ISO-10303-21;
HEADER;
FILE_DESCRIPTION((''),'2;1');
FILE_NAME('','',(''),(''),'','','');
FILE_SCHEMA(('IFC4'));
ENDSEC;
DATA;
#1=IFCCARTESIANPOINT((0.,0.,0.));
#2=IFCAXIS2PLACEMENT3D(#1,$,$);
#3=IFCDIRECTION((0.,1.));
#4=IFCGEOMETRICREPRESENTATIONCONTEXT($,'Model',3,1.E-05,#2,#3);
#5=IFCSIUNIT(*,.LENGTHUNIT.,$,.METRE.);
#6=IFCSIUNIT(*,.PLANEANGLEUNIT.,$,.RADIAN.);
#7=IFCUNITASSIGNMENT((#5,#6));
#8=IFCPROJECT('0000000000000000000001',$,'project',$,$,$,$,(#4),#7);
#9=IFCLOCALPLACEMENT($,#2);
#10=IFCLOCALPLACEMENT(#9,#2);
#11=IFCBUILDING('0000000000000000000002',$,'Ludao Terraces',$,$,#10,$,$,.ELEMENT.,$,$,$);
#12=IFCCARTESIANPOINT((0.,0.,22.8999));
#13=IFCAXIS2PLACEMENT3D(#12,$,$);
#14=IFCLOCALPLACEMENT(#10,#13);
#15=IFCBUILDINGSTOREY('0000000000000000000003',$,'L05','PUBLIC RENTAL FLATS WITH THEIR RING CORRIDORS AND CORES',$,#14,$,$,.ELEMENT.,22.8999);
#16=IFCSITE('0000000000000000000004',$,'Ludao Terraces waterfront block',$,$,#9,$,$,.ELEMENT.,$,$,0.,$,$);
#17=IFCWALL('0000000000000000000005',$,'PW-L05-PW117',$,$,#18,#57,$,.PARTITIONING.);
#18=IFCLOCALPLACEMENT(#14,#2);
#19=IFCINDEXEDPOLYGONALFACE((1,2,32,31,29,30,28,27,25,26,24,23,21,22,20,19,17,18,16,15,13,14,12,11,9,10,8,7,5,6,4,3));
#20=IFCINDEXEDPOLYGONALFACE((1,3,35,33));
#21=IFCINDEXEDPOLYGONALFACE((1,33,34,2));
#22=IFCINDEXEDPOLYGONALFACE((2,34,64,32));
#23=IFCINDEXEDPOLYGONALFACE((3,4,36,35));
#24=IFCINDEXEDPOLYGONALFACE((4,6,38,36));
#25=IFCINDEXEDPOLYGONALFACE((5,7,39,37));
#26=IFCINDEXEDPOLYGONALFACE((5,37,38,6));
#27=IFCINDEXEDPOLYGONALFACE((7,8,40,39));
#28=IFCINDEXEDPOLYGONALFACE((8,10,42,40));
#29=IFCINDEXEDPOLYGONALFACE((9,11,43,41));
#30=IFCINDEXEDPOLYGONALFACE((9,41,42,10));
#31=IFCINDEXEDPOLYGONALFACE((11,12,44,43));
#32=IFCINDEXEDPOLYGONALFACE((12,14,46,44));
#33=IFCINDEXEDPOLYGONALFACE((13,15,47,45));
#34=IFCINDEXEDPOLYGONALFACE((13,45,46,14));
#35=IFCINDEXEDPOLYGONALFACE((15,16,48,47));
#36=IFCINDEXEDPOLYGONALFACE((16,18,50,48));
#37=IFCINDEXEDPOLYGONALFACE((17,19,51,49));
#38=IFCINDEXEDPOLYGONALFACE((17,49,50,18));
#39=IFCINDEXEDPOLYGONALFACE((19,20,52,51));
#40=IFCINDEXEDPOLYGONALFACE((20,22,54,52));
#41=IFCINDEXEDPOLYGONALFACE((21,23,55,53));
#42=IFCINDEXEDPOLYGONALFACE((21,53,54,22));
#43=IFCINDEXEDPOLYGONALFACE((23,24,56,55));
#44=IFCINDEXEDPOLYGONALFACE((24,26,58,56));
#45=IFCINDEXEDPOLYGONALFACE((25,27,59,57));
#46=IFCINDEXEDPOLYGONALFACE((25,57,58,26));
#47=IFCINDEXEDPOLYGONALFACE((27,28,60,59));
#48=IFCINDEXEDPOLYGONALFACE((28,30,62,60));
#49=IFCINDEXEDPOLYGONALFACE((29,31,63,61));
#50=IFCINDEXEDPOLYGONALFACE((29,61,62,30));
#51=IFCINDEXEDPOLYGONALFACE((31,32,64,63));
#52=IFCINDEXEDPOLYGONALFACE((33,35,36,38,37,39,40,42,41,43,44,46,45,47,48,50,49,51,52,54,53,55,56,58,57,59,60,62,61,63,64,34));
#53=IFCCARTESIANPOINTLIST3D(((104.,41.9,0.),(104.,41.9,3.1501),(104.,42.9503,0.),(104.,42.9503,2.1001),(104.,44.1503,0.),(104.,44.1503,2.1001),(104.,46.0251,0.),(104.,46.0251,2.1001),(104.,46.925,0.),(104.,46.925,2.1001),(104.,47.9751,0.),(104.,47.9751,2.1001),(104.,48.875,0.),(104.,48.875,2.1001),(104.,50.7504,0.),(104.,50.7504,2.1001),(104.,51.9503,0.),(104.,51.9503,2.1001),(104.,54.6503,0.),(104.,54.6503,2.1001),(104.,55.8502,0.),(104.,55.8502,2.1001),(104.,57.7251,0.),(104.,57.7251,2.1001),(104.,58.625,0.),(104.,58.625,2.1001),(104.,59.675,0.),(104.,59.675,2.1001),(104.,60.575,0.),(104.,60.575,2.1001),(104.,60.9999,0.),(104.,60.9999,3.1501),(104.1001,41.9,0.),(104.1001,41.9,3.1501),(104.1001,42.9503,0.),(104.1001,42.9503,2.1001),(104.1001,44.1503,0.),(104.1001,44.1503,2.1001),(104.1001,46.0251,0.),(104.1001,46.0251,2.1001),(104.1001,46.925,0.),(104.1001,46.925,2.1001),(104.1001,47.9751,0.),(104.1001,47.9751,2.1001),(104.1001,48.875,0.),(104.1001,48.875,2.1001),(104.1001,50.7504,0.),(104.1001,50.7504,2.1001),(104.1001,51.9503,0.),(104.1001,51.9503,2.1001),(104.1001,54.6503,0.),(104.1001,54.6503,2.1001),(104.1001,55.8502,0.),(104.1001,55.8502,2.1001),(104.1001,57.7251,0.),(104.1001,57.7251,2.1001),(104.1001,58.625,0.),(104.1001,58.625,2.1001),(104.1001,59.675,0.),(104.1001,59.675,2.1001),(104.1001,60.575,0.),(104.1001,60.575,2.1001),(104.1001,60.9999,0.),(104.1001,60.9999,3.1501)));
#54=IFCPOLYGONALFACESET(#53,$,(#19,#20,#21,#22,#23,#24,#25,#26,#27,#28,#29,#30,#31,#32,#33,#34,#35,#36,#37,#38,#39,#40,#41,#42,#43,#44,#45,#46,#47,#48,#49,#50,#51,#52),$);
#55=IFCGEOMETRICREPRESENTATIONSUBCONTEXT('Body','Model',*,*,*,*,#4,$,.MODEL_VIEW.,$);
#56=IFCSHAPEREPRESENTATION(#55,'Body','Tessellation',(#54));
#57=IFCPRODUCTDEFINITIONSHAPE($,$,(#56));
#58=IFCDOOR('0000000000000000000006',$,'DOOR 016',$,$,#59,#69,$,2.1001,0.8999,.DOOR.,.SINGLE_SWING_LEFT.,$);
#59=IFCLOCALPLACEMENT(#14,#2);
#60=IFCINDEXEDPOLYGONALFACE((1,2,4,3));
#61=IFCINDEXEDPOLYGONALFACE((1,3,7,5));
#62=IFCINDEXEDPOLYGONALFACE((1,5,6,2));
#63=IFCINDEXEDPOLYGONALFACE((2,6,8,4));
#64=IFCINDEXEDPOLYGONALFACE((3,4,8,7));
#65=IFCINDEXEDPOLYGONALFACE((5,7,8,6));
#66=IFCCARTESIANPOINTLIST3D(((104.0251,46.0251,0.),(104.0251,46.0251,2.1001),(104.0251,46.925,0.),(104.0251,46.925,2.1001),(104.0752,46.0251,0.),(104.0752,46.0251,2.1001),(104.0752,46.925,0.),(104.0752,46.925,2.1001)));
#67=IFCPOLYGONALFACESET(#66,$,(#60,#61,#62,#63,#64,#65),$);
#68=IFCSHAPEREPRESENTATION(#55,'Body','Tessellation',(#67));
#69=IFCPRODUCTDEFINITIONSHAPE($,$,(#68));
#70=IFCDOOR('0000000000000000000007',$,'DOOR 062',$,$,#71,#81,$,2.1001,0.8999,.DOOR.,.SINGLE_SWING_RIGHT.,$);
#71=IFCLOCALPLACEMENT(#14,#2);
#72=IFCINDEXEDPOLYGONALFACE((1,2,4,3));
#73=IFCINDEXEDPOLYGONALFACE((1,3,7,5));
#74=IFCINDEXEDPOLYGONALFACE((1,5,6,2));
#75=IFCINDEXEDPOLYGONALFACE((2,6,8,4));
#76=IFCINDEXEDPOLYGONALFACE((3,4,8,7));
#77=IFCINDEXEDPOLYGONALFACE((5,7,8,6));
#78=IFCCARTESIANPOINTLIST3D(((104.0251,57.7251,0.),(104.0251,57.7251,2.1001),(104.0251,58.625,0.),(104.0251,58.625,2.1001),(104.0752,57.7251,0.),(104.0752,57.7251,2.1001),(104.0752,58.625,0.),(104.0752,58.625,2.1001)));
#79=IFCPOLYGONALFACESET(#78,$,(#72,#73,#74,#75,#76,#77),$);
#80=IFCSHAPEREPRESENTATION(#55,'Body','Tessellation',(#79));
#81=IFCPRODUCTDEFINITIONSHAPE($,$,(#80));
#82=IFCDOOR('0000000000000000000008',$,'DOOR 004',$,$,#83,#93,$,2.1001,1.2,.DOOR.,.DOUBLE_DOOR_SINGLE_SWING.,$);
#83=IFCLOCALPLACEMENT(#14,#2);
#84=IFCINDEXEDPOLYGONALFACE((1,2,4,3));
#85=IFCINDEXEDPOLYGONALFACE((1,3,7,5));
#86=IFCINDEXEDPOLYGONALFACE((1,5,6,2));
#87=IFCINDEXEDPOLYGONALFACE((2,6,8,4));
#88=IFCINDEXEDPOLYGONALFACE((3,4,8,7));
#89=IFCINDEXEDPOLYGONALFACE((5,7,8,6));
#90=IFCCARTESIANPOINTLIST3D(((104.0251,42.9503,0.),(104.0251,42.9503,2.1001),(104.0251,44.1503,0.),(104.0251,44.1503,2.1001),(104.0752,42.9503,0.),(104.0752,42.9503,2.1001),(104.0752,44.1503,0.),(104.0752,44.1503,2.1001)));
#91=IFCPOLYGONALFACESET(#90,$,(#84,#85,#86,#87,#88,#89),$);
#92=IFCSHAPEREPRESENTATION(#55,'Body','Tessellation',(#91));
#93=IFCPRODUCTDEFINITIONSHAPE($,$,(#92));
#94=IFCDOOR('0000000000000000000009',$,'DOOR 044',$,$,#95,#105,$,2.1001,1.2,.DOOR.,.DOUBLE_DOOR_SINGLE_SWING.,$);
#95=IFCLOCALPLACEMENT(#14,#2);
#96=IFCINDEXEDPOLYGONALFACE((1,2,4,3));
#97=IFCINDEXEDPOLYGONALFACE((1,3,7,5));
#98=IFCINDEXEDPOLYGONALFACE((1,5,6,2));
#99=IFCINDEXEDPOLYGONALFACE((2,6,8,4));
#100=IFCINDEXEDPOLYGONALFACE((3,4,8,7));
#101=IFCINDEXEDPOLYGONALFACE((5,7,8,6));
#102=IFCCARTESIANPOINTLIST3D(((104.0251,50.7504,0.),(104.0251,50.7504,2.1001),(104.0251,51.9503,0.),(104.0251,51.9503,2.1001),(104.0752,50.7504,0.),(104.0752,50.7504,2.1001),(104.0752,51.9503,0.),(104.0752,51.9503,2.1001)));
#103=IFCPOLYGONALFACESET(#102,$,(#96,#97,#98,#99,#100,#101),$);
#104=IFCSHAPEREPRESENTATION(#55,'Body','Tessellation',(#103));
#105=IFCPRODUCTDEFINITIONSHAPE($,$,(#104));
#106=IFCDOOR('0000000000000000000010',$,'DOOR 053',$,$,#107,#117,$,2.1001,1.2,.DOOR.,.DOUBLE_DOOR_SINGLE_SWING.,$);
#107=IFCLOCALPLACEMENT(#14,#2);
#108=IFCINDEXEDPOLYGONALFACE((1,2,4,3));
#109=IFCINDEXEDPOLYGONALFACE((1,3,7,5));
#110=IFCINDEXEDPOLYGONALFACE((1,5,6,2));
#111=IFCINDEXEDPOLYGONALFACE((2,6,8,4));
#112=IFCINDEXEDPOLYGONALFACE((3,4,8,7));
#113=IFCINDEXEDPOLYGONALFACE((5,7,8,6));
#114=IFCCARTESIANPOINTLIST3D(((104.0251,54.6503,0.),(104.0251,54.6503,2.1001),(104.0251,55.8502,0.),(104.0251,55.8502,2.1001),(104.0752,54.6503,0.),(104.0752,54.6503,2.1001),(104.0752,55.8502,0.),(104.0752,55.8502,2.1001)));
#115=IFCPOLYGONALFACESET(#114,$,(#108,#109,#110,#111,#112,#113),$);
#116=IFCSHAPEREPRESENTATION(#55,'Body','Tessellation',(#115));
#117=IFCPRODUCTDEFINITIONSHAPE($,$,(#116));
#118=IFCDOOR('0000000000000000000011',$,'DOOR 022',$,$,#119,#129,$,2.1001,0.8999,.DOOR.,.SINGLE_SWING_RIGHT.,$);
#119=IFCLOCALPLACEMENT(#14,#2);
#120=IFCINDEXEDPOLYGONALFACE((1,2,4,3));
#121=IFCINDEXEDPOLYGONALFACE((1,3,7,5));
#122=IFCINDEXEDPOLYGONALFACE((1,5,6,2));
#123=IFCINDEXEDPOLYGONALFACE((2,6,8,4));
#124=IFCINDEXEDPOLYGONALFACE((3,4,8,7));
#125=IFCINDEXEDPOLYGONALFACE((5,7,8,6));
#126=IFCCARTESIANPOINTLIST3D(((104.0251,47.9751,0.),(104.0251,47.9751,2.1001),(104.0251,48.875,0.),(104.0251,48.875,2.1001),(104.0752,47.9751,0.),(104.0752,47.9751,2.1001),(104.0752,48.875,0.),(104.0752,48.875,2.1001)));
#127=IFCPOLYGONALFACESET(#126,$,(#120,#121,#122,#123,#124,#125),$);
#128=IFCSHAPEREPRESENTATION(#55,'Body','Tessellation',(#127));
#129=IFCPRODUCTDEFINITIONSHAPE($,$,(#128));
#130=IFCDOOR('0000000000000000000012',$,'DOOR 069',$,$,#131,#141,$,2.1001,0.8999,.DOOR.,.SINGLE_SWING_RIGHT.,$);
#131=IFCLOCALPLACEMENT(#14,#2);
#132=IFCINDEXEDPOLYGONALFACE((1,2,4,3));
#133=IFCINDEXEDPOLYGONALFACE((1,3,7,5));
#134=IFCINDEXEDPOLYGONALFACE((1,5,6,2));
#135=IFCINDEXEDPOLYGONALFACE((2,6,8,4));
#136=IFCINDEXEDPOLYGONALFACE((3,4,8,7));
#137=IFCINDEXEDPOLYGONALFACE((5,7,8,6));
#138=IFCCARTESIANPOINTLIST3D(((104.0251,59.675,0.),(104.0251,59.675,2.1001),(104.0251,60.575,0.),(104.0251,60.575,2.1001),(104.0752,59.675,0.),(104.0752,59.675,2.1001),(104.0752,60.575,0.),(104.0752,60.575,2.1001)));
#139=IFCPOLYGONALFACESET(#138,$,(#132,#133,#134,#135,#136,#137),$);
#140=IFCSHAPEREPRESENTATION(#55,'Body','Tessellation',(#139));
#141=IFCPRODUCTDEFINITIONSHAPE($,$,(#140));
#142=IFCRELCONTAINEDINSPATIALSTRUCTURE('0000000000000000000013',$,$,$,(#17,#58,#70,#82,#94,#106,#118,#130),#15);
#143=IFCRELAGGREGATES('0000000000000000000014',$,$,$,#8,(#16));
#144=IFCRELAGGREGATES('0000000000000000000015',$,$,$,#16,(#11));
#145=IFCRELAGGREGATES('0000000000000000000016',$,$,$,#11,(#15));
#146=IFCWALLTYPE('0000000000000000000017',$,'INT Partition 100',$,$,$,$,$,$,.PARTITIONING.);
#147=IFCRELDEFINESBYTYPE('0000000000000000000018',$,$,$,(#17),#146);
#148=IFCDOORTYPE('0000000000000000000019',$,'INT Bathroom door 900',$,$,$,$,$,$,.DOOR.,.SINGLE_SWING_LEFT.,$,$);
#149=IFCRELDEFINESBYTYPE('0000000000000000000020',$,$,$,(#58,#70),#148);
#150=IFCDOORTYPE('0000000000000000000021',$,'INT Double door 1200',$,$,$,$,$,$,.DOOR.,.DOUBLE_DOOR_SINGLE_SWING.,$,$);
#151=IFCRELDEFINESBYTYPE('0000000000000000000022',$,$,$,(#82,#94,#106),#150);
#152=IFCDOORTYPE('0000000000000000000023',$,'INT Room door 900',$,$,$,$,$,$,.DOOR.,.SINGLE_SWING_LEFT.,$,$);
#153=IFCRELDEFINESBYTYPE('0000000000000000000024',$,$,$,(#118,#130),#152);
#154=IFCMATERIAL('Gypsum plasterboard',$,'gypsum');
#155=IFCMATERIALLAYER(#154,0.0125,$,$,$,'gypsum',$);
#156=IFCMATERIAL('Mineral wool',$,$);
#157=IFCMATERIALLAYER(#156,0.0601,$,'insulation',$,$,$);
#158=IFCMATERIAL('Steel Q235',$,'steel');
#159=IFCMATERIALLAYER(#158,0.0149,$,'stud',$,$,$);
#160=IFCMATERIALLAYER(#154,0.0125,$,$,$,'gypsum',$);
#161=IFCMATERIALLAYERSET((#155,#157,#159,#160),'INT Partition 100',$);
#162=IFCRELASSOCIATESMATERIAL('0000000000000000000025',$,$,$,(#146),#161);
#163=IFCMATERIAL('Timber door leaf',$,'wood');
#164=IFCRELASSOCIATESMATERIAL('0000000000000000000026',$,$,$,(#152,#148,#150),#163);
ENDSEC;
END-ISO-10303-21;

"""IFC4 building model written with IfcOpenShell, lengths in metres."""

from ifc_helpers import new_model, si_unit, direction, frame, frame_2d, origin, place, context, subcontext, project, spatial, rectangle, extrude, material, layer, layer_set, type_object, element, fill, save


model = new_model("IFC4")

# Units and contexts
model_context = context("Model", 3, precision=1e-05, world=origin(), true_north=direction((0.0, 1.0)))
body_context = subcontext(model_context, "Body", "Model", "MODEL_VIEW")
ifc_project = project(units=[si_unit("LENGTHUNIT", "METRE"), si_unit("PLANEANGLEUNIT", "RADIAN")], contexts=[model_context])

# Site, building, storey
site_placement = place(None, origin())
site = spatial("IfcSite", under=ifc_project, at=site_placement, Name="Ludao Terraces waterfront block", CompositionType="ELEMENT", RefElevation=0.0)
building_placement = place(site_placement, origin())
building = spatial("IfcBuilding", under=site, at=building_placement, Name="Ludao Terraces", CompositionType="ELEMENT")
storey_placement = place(building_placement, frame((0.0, 0.0, 22.8999)))
storey = spatial("IfcBuildingStorey", under=building, at=storey_placement, Name="L05", Description="PUBLIC RENTAL FLATS WITH THEIR RING CORRIDORS AND CORES", CompositionType="ELEMENT", Elevation=22.8999)

# Shared definitions
ifc_material_1 = material(Name="Mineral wool")

# Wall, openings, doors
ifc_material_2 = material(Name="Gypsum plasterboard", Category="gypsum")
ifc_layer_1 = layer(ifc_material_2, 0.0125, Category="gypsum")
ifc_layer_2 = layer(ifc_material_1, 0.0601, Name="insulation")
ifc_material_3 = material(Name="Steel Q235", Category="steel")
ifc_layer_3 = layer(ifc_material_3, 0.0149, Name="stud")
ifc_layer_4 = layer(ifc_material_2, 0.0125, Category="gypsum")
ifc_layer_set_1 = layer_set([ifc_layer_1, ifc_layer_2, ifc_layer_3, ifc_layer_4], Name="INT Partition 100")
wall_type_1 = type_object("IfcWallType", Name="INT Partition 100", PredefinedType="PARTITIONING", material=ifc_layer_set_1)
ifc_material_4 = material(Name="Timber door leaf", Category="wood")
door_type_1 = type_object("IfcDoorType", Name="INT Room door 900", OperationType="SINGLE_SWING_LEFT", PredefinedType="DOOR", material=ifc_material_4)
wall_1_placement = place(storey_placement, frame((104.05, 41.9001, 0.0), z_axis=(0.0, 0.0, 1.0), x_axis=(0.0, 1.0, 0.0)))
wall_1 = element("IfcWall", 1, at=wall_1_placement, inside=storey, type_object=wall_type_1, Name="PW-L05-PW117", PredefinedType="PARTITIONING", context=body_context, shape_type="SweptSolid", body=[
    extrude(rectangle(XDim=19.0999, YDim=0.1001, at=frame_2d((9.5498, 0.0))), origin(), (0.0, 0.0, 1.0), 3.1501),
])
opening_1_placement = place(wall_1_placement, frame((1.05, 0.0, 0.0)))
opening_1 = element("IfcOpeningElement", 2, at=opening_1_placement, cuts=wall_1, PredefinedType="OPENING", context=body_context, shape_type="SweptSolid", body=[
    extrude(rectangle(XDim=1.2, YDim=2.1001, at=frame_2d((0.6001, 1.05))), frame((0.0, 0.0601, 0.0), z_axis=(0.0, -1.0, 0.0), x_axis=(1.0, 0.0, 0.0)), (0.0, 0.0, 1.0), 0.1201),
])
opening_2_placement = place(wall_1_placement, frame((4.125, 0.0, 0.0)))
opening_2 = element("IfcOpeningElement", 3, at=opening_2_placement, cuts=wall_1, PredefinedType="OPENING", context=body_context, shape_type="SweptSolid", body=[
    extrude(rectangle(XDim=0.8999, YDim=2.1001, at=frame_2d((0.45, 1.05))), frame((0.0, 0.0601, 0.0), z_axis=(0.0, -1.0, 0.0), x_axis=(1.0, 0.0, 0.0)), (0.0, 0.0, 1.0), 0.1201),
])
opening_3_placement = place(wall_1_placement, frame((6.075, 0.0, 0.0)))
opening_3 = element("IfcOpeningElement", 4, at=opening_3_placement, cuts=wall_1, PredefinedType="OPENING", context=body_context, shape_type="SweptSolid", body=[
    extrude(rectangle(XDim=0.8999, YDim=2.1001, at=frame_2d((0.45, 1.05))), frame((0.0, 0.0601, 0.0), z_axis=(0.0, -1.0, 0.0), x_axis=(1.0, 0.0, 0.0)), (0.0, 0.0, 1.0), 0.1201),
])
opening_4_placement = place(wall_1_placement, frame((8.8501, 0.0, 0.0)))
opening_4 = element("IfcOpeningElement", 5, at=opening_4_placement, cuts=wall_1, PredefinedType="OPENING", context=body_context, shape_type="SweptSolid", body=[
    extrude(rectangle(XDim=1.2, YDim=2.1001, at=frame_2d((0.6001, 1.05))), frame((0.0, 0.0601, 0.0), z_axis=(0.0, -1.0, 0.0), x_axis=(1.0, 0.0, 0.0)), (0.0, 0.0, 1.0), 0.1201),
])
opening_5_placement = place(wall_1_placement, frame((12.75, 0.0, 0.0)))
opening_5 = element("IfcOpeningElement", 6, at=opening_5_placement, cuts=wall_1, PredefinedType="OPENING", context=body_context, shape_type="SweptSolid", body=[
    extrude(rectangle(XDim=1.2, YDim=2.1001, at=frame_2d((0.6001, 1.05))), frame((0.0, 0.0601, 0.0), z_axis=(0.0, -1.0, 0.0), x_axis=(1.0, 0.0, 0.0)), (0.0, 0.0, 1.0), 0.1201),
])
opening_6_placement = place(wall_1_placement, frame((15.825, 0.0, 0.0)))
opening_6 = element("IfcOpeningElement", 7, at=opening_6_placement, cuts=wall_1, PredefinedType="OPENING", context=body_context, shape_type="SweptSolid", body=[
    extrude(rectangle(XDim=0.8999, YDim=2.1001, at=frame_2d((0.45, 1.05))), frame((0.0, 0.0601, 0.0), z_axis=(0.0, -1.0, 0.0), x_axis=(1.0, 0.0, 0.0)), (0.0, 0.0, 1.0), 0.1201),
])
opening_7_placement = place(wall_1_placement, frame((17.7749, 0.0, 0.0)))
opening_7 = element("IfcOpeningElement", 8, at=opening_7_placement, cuts=wall_1, PredefinedType="OPENING", context=body_context, shape_type="SweptSolid", body=[
    extrude(rectangle(XDim=0.8999, YDim=2.1001, at=frame_2d((0.45, 1.05))), frame((0.0, 0.0601, 0.0), z_axis=(0.0, -1.0, 0.0), x_axis=(1.0, 0.0, 0.0)), (0.0, 0.0, 1.0), 0.1201),
])
door_type_2 = type_object("IfcDoorType", Name="INT Bathroom door 900", OperationType="SINGLE_SWING_LEFT", PredefinedType="DOOR", material=ifc_material_4)
door_1_placement = place(opening_2_placement, origin())
door_1 = element("IfcDoor", 9, at=door_1_placement, inside=storey, type_object=door_type_2, Name="DOOR 016", OperationType="SINGLE_SWING_LEFT", OverallHeight=2.1001, OverallWidth=0.8999, PredefinedType="DOOR", context=body_context, shape_type="SweptSolid", body=[
    extrude(rectangle(XDim=0.8999, YDim=2.1001, at=frame_2d((0.45, 1.05))), frame((0.0, 0.0249, 0.0), z_axis=(0.0, -1.0, 0.0), x_axis=(1.0, 0.0, 0.0)), (0.0, 0.0, 1.0), 0.05),
])
fill(opening_2, door_1)
door_2_placement = place(opening_6_placement, origin())
door_2 = element("IfcDoor", 10, at=door_2_placement, inside=storey, type_object=door_type_2, Name="DOOR 062", OperationType="SINGLE_SWING_RIGHT", OverallHeight=2.1001, OverallWidth=0.8999, PredefinedType="DOOR", context=body_context, shape_type="SweptSolid", body=[
    extrude(rectangle(XDim=0.8999, YDim=2.1001, at=frame_2d((0.45, 1.05))), frame((0.0, 0.0249, 0.0), z_axis=(0.0, -1.0, 0.0), x_axis=(1.0, 0.0, 0.0)), (0.0, 0.0, 1.0), 0.05),
])
fill(opening_6, door_2)
door_type_3 = type_object("IfcDoorType", Name="INT Double door 1200", OperationType="DOUBLE_DOOR_SINGLE_SWING", PredefinedType="DOOR", material=ifc_material_4)
door_3_placement = place(opening_1_placement, origin())
door_3 = element("IfcDoor", 11, at=door_3_placement, inside=storey, type_object=door_type_3, Name="DOOR 004", OperationType="DOUBLE_DOOR_SINGLE_SWING", OverallHeight=2.1001, OverallWidth=1.2, PredefinedType="DOOR", context=body_context, shape_type="SweptSolid", body=[
    extrude(rectangle(XDim=1.2, YDim=2.1001, at=frame_2d((0.6001, 1.05))), frame((0.0, 0.0249, 0.0), z_axis=(0.0, -1.0, 0.0), x_axis=(1.0, 0.0, 0.0)), (0.0, 0.0, 1.0), 0.05),
])
fill(opening_1, door_3)
door_4_placement = place(opening_4_placement, origin())
door_4 = element("IfcDoor", 12, at=door_4_placement, inside=storey, type_object=door_type_3, Name="DOOR 044", OperationType="DOUBLE_DOOR_SINGLE_SWING", OverallHeight=2.1001, OverallWidth=1.2, PredefinedType="DOOR", context=body_context, shape_type="SweptSolid", body=[
    extrude(rectangle(XDim=1.2, YDim=2.1001, at=frame_2d((0.6001, 1.05))), frame((0.0, 0.0249, 0.0), z_axis=(0.0, -1.0, 0.0), x_axis=(1.0, 0.0, 0.0)), (0.0, 0.0, 1.0), 0.05),
])
fill(opening_4, door_4)
door_5_placement = place(opening_5_placement, origin())
door_5 = element("IfcDoor", 13, at=door_5_placement, inside=storey, type_object=door_type_3, Name="DOOR 053", OperationType="DOUBLE_DOOR_SINGLE_SWING", OverallHeight=2.1001, OverallWidth=1.2, PredefinedType="DOOR", context=body_context, shape_type="SweptSolid", body=[
    extrude(rectangle(XDim=1.2, YDim=2.1001, at=frame_2d((0.6001, 1.05))), frame((0.0, 0.0249, 0.0), z_axis=(0.0, -1.0, 0.0), x_axis=(1.0, 0.0, 0.0)), (0.0, 0.0, 1.0), 0.05),
])
fill(opening_5, door_5)
door_6_placement = place(opening_3_placement, origin())
door_6 = element("IfcDoor", 14, at=door_6_placement, inside=storey, type_object=door_type_1, Name="DOOR 022", OperationType="SINGLE_SWING_RIGHT", OverallHeight=2.1001, OverallWidth=0.8999, PredefinedType="DOOR", context=body_context, shape_type="SweptSolid", body=[
    extrude(rectangle(XDim=0.8999, YDim=2.1001, at=frame_2d((0.45, 1.05))), frame((0.0, 0.0249, 0.0), z_axis=(0.0, -1.0, 0.0), x_axis=(1.0, 0.0, 0.0)), (0.0, 0.0, 1.0), 0.05),
])
fill(opening_3, door_6)
door_7_placement = place(opening_7_placement, origin())
door_7 = element("IfcDoor", 15, at=door_7_placement, inside=storey, type_object=door_type_1, Name="DOOR 069", OperationType="SINGLE_SWING_RIGHT", OverallHeight=2.1001, OverallWidth=0.8999, PredefinedType="DOOR", context=body_context, shape_type="SweptSolid", body=[
    extrude(rectangle(XDim=0.8999, YDim=2.1001, at=frame_2d((0.45, 1.05))), frame((0.0, 0.0249, 0.0), z_axis=(0.0, -1.0, 0.0), x_axis=(1.0, 0.0, 0.0)), (0.0, 0.0, 1.0), 0.05),
])
fill(opening_7, door_7)

save(model, "model.ifc")
